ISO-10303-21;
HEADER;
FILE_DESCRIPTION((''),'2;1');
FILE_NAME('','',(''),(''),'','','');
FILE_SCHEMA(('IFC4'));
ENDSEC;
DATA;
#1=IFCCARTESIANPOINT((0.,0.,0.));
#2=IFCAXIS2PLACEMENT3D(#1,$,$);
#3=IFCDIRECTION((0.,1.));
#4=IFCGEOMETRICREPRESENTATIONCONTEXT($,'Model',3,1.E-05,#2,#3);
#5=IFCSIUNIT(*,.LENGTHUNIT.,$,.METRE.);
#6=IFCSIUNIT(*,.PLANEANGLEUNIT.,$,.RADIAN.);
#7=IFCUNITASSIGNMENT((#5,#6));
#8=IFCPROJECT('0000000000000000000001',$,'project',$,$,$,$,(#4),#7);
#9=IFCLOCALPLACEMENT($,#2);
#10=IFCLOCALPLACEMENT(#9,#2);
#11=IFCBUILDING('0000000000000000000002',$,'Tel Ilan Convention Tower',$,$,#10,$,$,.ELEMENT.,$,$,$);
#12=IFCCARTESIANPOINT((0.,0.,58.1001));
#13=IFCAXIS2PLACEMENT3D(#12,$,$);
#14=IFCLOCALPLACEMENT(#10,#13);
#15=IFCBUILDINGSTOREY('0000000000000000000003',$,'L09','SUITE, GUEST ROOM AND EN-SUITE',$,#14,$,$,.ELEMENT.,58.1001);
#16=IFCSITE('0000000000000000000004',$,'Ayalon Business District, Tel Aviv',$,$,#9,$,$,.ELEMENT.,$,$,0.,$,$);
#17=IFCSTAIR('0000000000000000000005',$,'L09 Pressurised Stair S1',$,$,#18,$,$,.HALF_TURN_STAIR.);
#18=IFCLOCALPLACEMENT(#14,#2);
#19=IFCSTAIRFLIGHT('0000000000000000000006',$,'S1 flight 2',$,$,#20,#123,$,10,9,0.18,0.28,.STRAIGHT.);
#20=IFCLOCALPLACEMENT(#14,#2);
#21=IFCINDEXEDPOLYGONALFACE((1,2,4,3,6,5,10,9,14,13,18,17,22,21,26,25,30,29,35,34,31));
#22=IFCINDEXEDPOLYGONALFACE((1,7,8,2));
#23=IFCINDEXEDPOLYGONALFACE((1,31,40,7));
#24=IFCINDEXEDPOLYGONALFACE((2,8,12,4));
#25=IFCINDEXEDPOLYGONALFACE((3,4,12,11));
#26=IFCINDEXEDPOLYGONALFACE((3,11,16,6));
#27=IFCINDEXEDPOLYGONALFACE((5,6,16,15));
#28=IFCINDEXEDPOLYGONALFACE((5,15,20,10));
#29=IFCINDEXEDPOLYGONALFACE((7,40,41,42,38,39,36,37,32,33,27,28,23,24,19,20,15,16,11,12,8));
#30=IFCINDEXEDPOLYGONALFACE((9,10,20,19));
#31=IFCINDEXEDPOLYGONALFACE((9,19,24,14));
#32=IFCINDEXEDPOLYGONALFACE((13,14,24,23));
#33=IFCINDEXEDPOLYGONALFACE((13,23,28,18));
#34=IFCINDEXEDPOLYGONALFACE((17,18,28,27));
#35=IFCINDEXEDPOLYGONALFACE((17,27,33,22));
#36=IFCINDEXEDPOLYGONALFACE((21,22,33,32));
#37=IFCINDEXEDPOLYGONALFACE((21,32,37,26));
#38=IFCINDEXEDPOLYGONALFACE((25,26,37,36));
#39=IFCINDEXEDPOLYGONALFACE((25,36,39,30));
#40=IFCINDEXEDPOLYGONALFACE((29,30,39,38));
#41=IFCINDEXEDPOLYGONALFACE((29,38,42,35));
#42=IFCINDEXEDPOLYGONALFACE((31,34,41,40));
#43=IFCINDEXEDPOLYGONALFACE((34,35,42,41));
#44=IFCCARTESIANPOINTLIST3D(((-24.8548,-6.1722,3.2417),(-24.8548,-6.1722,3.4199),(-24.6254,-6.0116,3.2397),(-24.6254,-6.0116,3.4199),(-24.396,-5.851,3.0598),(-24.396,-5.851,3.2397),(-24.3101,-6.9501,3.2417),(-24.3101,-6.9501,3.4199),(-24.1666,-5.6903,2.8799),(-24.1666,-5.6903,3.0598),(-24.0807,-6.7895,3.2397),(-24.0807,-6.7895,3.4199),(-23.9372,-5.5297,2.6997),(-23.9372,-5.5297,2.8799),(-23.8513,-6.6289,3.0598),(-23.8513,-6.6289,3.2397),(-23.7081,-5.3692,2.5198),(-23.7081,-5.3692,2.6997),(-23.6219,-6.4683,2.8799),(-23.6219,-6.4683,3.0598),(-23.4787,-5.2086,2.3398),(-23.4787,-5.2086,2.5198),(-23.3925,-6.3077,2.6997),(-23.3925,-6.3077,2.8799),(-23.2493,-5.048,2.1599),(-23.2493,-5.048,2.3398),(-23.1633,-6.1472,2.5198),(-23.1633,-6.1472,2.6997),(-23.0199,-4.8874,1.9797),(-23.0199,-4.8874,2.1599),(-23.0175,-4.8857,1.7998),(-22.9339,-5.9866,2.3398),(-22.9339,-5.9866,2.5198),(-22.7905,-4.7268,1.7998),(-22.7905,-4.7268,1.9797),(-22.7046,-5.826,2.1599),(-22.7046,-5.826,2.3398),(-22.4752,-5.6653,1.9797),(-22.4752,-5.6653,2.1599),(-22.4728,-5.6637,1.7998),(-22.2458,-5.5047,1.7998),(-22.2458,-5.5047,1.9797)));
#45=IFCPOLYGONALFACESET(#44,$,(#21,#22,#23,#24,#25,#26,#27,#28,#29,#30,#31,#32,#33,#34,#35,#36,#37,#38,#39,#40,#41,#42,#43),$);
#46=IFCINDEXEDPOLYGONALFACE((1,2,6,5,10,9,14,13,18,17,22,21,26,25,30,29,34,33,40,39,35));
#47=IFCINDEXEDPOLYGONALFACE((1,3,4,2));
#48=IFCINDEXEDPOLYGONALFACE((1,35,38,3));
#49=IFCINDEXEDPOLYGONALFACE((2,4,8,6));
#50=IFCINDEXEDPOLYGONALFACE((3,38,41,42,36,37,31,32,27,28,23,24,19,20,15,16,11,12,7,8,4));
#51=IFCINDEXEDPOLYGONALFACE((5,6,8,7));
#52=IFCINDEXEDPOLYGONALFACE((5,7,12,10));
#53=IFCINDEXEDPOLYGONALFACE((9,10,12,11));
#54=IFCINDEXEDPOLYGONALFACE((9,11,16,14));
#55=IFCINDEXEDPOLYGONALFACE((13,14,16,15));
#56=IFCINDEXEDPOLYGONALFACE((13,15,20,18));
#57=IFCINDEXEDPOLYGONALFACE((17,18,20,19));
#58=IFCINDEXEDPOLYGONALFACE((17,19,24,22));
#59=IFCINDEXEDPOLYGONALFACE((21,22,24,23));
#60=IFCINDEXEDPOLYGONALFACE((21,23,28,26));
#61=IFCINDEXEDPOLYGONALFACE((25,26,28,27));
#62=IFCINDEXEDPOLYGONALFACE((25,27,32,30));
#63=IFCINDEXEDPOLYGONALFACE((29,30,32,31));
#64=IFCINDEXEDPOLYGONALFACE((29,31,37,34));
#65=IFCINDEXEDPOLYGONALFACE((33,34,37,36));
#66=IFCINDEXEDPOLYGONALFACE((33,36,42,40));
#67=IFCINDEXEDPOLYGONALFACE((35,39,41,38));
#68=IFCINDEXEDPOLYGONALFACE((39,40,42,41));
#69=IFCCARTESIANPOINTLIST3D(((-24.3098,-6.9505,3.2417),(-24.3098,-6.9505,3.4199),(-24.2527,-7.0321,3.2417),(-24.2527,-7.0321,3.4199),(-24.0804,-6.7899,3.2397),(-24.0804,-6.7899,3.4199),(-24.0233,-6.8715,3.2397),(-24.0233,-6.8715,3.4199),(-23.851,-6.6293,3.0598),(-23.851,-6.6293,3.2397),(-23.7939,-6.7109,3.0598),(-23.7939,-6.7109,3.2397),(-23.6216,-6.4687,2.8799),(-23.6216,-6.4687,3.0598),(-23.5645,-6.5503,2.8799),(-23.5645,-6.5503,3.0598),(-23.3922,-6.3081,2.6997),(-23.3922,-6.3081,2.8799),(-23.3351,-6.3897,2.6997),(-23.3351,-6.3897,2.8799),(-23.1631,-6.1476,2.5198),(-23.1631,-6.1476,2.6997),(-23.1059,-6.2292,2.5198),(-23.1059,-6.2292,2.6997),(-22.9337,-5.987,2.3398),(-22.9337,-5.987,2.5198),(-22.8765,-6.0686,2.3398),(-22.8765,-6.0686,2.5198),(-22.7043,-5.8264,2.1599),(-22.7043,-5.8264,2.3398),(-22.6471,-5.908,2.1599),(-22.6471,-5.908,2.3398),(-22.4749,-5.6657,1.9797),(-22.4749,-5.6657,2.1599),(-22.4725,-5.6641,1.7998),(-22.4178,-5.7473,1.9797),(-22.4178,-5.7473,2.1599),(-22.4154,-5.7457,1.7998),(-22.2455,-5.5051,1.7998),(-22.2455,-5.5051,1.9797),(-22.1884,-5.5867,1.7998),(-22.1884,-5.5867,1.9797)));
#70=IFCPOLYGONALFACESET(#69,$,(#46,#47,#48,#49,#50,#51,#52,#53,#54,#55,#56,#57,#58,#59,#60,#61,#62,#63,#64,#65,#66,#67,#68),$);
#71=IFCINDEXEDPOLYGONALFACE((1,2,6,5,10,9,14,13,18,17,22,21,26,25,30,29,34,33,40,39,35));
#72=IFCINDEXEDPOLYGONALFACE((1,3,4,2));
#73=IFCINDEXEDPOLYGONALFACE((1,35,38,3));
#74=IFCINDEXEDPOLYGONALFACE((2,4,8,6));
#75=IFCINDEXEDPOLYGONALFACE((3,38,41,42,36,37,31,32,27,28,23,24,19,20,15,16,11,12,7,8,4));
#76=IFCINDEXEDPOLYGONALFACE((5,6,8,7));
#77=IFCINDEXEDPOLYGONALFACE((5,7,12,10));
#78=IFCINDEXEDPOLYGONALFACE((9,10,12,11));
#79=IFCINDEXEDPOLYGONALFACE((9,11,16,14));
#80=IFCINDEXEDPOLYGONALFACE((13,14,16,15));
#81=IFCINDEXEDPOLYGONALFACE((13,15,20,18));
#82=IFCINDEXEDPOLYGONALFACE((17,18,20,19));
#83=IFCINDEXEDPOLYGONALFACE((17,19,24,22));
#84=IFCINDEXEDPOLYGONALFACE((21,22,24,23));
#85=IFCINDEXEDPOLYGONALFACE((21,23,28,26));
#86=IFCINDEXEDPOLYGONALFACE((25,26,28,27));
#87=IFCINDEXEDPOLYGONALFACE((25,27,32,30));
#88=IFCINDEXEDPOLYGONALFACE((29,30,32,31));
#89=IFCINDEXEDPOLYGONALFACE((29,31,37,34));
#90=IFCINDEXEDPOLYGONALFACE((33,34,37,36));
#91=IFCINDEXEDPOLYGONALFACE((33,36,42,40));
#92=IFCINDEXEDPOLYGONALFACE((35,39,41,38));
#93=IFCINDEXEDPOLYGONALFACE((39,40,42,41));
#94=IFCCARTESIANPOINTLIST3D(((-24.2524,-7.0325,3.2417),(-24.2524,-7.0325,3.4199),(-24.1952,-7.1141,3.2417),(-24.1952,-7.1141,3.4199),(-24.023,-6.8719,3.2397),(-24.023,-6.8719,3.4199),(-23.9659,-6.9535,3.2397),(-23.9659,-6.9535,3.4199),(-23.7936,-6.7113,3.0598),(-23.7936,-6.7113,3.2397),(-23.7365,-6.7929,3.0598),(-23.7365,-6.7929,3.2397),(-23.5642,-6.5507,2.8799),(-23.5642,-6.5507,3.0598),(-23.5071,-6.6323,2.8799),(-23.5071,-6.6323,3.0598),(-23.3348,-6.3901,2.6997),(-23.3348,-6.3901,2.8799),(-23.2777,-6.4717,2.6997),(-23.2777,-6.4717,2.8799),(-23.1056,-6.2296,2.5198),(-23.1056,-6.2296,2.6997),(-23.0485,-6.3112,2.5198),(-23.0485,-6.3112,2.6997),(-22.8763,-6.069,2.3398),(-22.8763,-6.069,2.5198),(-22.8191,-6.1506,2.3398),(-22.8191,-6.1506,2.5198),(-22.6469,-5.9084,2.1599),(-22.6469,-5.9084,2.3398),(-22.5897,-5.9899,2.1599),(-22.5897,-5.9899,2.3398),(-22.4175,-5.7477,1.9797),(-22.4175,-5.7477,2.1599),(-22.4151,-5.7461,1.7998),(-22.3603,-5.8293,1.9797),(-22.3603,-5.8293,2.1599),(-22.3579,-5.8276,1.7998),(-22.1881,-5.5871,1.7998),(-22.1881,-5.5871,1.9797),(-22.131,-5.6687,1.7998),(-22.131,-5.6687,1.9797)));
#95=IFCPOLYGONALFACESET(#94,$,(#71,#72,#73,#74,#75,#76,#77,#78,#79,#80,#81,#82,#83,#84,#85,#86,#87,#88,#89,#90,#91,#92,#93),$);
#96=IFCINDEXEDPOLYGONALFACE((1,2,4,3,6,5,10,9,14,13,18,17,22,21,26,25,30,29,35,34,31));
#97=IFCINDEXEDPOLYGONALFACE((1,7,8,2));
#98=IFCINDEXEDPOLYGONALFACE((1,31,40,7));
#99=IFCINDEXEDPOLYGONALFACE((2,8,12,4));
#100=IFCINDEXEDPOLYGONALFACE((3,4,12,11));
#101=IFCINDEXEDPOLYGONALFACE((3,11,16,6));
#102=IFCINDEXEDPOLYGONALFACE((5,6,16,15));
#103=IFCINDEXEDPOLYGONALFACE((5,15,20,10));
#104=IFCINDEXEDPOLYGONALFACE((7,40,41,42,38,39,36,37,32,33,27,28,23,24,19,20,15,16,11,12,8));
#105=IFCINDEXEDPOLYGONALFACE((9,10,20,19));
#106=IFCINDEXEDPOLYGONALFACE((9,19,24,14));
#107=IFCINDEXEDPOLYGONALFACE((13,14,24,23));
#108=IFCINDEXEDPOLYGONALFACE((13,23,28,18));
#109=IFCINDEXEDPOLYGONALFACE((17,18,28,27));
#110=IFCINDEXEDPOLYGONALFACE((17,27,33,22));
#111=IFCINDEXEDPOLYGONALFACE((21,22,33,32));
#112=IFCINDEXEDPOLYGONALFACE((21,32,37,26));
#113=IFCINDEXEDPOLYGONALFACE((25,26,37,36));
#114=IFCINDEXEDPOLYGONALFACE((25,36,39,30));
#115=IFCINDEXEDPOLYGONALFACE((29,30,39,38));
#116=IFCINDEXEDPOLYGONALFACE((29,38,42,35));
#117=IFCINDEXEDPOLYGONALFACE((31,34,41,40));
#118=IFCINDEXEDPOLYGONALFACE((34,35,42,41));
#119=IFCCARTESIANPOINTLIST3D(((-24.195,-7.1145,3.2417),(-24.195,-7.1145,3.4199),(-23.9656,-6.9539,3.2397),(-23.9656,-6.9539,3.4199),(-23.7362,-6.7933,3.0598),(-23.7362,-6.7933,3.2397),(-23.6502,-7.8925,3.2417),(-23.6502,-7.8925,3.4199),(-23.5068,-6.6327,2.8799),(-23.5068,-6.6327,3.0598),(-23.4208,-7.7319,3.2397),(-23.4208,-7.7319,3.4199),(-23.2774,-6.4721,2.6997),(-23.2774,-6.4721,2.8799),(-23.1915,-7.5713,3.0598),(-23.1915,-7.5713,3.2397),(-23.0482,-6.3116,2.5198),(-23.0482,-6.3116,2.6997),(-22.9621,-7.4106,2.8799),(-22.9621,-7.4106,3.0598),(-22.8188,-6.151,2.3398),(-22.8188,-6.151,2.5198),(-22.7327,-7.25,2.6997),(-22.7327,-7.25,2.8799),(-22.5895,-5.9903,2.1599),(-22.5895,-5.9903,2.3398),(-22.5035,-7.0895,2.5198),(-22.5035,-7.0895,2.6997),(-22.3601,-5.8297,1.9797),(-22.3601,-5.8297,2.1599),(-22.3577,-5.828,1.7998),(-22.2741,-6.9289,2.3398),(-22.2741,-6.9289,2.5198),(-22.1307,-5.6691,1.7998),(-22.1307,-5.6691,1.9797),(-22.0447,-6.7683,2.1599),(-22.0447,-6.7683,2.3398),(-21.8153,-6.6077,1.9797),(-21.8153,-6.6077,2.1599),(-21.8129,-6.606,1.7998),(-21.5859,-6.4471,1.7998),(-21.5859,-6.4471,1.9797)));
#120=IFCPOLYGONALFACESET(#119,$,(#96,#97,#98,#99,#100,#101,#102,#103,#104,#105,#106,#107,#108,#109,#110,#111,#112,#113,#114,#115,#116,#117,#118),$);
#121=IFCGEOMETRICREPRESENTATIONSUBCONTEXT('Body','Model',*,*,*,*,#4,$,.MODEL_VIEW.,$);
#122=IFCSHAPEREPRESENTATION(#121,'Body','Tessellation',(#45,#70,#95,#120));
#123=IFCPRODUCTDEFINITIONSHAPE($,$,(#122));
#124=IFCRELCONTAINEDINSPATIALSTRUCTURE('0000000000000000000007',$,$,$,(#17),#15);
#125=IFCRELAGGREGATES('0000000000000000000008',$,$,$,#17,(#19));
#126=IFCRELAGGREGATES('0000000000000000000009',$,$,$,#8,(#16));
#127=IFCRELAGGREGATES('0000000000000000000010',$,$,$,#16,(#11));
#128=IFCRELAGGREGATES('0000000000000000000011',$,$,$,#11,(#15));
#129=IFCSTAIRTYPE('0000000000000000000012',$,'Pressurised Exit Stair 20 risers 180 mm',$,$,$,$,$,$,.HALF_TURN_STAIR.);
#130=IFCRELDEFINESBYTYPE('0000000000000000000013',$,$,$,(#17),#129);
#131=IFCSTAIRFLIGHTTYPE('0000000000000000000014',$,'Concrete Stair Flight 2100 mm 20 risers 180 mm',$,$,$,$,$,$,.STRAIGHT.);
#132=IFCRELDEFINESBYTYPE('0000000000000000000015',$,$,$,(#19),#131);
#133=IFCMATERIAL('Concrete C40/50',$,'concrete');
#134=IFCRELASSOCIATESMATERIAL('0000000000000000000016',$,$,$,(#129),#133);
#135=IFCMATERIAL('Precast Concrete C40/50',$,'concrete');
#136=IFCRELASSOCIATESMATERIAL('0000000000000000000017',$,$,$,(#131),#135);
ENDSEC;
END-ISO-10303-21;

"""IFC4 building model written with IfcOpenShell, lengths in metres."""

from ifc_helpers import new_model, si_unit, direction, frame, origin, place, context, subcontext, project, spatial, polyline, outline, extrude, material, type_object, element, aggregate, save


model = new_model("IFC4")

# Units and contexts
model_context = context("Model", 3, precision=1e-05, world=origin(), true_north=direction((0.0, 1.0)))
body_context = subcontext(model_context, "Body", "Model", "MODEL_VIEW")
ifc_project = project(units=[si_unit("LENGTHUNIT", "METRE"), si_unit("PLANEANGLEUNIT", "RADIAN")], contexts=[model_context])

# Site, building, storey
site_placement = place(None, origin())
site = spatial("IfcSite", under=ifc_project, at=site_placement, Name="Ayalon Business District, Tel Aviv", CompositionType="ELEMENT", RefElevation=0.0)
building_placement = place(site_placement, origin())
building = spatial("IfcBuilding", under=site, at=building_placement, Name="Tel Ilan Convention Tower", CompositionType="ELEMENT")
storey_placement = place(building_placement, frame((0.0, 0.0, 58.1001)))
storey = spatial("IfcBuildingStorey", under=building, at=storey_placement, Name="L09", Description="SUITE, GUEST ROOM AND EN-SUITE", CompositionType="ELEMENT", Elevation=58.1001)

# Stair, stair flight
ifc_material_1 = material(Name="Concrete C40/50", Category="concrete")
stair_type = type_object("IfcStairType", Name="Pressurised Exit Stair 20 risers 180 mm", PredefinedType="HALF_TURN_STAIR", material=ifc_material_1)
stair_1_placement = place(storey_placement, origin())
stair_1 = element("IfcStair", 1, at=stair_1_placement, inside=storey, type_object=stair_type, Name="L09 Pressurised Stair S1", PredefinedType="HALF_TURN_STAIR")
ifc_material_2 = material(Name="Precast Concrete C40/50", Category="concrete")
stair_flight_type = type_object("IfcStairFlightType", Name="Concrete Stair Flight 2100 mm 20 risers 180 mm", PredefinedType="STRAIGHT", material=ifc_material_2)
stair_flight_1_placement = place(storey_placement, frame((-22.1882, -5.5869, 1.7998), z_axis=(0.0, 0.0, 1.0), x_axis=(-0.819152, -0.573576, 0.0)))
stair_flight_1 = element("IfcStairFlight", 2, at=stair_flight_1_placement, type_object=stair_flight_type, Name="S1 flight 2", NumberOfRisers=10, NumberOfTreads=9, PredefinedType="STRAIGHT", RiserHeight=0.18, TreadLength=0.28, context=body_context, shape_type="SweptSolid", body=[
    extrude(outline(polyline([(0.0, 0.0), (0.0, 0.1799), (0.28, 0.1799), (0.28, 0.3601), (0.5601, 0.3601), (0.5601, 0.54), (0.8401, 0.54), (0.8401, 0.72), (1.1201, 0.72), (1.1201, 0.8999), (1.3999, 0.8999), (1.3999, 1.0801), (1.6799, 1.0801), (1.6799, 1.26), (1.96, 1.26), (1.96, 1.4399), (2.24, 1.4399), (2.24, 1.6201), (2.52, 1.6201), (2.52, 1.8), (2.52, 1.4419), (0.2771, 0.0), (0.0, 0.0)])), frame((0.0, -0.1003, 0.0), z_axis=(0.0, -1.0, 0.0), x_axis=(1.0, 0.0, 0.0)), (0.0, 0.0, 1.0), 0.9497),
    extrude(outline(polyline([(0.0, 0.0), (0.0, 0.1799), (0.28, 0.1799), (0.28, 0.3601), (0.5601, 0.3601), (0.5601, 0.54), (0.8401, 0.54), (0.8401, 0.72), (1.1201, 0.72), (1.1201, 0.8999), (1.3999, 0.8999), (1.3999, 1.0801), (1.6799, 1.0801), (1.6799, 1.26), (1.96, 1.26), (1.96, 1.4399), (2.24, 1.4399), (2.24, 1.6201), (2.52, 1.6201), (2.52, 1.8), (2.52, 1.4419), (0.2771, 0.0), (0.0, 0.0)])), frame((0.0, -0.0002, 0.0), z_axis=(0.0, -1.0, 0.0), x_axis=(1.0, 0.0, 0.0)), (0.0, 0.0, 1.0), 0.0996),
    extrude(outline(polyline([(0.0, 0.0), (0.0, 0.1799), (0.28, 0.1799), (0.28, 0.3601), (0.5601, 0.3601), (0.5601, 0.54), (0.8401, 0.54), (0.8401, 0.72), (1.1201, 0.72), (1.1201, 0.8999), (1.3999, 0.8999), (1.3999, 1.0801), (1.6799, 1.0801), (1.6799, 1.26), (1.96, 1.26), (1.96, 1.4399), (2.24, 1.4399), (2.24, 1.6201), (2.52, 1.6201), (2.52, 1.8), (2.52, 1.4419), (0.2771, 0.0), (0.0, 0.0)])), frame((0.0, 0.0999, 0.0), z_axis=(0.0, -1.0, 0.0), x_axis=(1.0, 0.0, 0.0)), (0.0, 0.0, 1.0), 0.0996),
    extrude(outline(polyline([(0.0, 0.0), (0.0, 0.1799), (0.28, 0.1799), (0.28, 0.3601), (0.5601, 0.3601), (0.5601, 0.54), (0.8401, 0.54), (0.8401, 0.72), (1.1201, 0.72), (1.1201, 0.8999), (1.3999, 0.8999), (1.3999, 1.0801), (1.6799, 1.0801), (1.6799, 1.26), (1.96, 1.26), (1.96, 1.4399), (2.24, 1.4399), (2.24, 1.6201), (2.52, 1.6201), (2.52, 1.8), (2.52, 1.4419), (0.2771, 0.0), (0.0, 0.0)])), frame((0.0, 1.05, 0.0), z_axis=(0.0, -1.0, 0.0), x_axis=(1.0, 0.0, 0.0)), (0.0, 0.0, 1.0), 0.9497),
])
aggregate(stair_1, [stair_flight_1])

save(model, "model.ifc")
